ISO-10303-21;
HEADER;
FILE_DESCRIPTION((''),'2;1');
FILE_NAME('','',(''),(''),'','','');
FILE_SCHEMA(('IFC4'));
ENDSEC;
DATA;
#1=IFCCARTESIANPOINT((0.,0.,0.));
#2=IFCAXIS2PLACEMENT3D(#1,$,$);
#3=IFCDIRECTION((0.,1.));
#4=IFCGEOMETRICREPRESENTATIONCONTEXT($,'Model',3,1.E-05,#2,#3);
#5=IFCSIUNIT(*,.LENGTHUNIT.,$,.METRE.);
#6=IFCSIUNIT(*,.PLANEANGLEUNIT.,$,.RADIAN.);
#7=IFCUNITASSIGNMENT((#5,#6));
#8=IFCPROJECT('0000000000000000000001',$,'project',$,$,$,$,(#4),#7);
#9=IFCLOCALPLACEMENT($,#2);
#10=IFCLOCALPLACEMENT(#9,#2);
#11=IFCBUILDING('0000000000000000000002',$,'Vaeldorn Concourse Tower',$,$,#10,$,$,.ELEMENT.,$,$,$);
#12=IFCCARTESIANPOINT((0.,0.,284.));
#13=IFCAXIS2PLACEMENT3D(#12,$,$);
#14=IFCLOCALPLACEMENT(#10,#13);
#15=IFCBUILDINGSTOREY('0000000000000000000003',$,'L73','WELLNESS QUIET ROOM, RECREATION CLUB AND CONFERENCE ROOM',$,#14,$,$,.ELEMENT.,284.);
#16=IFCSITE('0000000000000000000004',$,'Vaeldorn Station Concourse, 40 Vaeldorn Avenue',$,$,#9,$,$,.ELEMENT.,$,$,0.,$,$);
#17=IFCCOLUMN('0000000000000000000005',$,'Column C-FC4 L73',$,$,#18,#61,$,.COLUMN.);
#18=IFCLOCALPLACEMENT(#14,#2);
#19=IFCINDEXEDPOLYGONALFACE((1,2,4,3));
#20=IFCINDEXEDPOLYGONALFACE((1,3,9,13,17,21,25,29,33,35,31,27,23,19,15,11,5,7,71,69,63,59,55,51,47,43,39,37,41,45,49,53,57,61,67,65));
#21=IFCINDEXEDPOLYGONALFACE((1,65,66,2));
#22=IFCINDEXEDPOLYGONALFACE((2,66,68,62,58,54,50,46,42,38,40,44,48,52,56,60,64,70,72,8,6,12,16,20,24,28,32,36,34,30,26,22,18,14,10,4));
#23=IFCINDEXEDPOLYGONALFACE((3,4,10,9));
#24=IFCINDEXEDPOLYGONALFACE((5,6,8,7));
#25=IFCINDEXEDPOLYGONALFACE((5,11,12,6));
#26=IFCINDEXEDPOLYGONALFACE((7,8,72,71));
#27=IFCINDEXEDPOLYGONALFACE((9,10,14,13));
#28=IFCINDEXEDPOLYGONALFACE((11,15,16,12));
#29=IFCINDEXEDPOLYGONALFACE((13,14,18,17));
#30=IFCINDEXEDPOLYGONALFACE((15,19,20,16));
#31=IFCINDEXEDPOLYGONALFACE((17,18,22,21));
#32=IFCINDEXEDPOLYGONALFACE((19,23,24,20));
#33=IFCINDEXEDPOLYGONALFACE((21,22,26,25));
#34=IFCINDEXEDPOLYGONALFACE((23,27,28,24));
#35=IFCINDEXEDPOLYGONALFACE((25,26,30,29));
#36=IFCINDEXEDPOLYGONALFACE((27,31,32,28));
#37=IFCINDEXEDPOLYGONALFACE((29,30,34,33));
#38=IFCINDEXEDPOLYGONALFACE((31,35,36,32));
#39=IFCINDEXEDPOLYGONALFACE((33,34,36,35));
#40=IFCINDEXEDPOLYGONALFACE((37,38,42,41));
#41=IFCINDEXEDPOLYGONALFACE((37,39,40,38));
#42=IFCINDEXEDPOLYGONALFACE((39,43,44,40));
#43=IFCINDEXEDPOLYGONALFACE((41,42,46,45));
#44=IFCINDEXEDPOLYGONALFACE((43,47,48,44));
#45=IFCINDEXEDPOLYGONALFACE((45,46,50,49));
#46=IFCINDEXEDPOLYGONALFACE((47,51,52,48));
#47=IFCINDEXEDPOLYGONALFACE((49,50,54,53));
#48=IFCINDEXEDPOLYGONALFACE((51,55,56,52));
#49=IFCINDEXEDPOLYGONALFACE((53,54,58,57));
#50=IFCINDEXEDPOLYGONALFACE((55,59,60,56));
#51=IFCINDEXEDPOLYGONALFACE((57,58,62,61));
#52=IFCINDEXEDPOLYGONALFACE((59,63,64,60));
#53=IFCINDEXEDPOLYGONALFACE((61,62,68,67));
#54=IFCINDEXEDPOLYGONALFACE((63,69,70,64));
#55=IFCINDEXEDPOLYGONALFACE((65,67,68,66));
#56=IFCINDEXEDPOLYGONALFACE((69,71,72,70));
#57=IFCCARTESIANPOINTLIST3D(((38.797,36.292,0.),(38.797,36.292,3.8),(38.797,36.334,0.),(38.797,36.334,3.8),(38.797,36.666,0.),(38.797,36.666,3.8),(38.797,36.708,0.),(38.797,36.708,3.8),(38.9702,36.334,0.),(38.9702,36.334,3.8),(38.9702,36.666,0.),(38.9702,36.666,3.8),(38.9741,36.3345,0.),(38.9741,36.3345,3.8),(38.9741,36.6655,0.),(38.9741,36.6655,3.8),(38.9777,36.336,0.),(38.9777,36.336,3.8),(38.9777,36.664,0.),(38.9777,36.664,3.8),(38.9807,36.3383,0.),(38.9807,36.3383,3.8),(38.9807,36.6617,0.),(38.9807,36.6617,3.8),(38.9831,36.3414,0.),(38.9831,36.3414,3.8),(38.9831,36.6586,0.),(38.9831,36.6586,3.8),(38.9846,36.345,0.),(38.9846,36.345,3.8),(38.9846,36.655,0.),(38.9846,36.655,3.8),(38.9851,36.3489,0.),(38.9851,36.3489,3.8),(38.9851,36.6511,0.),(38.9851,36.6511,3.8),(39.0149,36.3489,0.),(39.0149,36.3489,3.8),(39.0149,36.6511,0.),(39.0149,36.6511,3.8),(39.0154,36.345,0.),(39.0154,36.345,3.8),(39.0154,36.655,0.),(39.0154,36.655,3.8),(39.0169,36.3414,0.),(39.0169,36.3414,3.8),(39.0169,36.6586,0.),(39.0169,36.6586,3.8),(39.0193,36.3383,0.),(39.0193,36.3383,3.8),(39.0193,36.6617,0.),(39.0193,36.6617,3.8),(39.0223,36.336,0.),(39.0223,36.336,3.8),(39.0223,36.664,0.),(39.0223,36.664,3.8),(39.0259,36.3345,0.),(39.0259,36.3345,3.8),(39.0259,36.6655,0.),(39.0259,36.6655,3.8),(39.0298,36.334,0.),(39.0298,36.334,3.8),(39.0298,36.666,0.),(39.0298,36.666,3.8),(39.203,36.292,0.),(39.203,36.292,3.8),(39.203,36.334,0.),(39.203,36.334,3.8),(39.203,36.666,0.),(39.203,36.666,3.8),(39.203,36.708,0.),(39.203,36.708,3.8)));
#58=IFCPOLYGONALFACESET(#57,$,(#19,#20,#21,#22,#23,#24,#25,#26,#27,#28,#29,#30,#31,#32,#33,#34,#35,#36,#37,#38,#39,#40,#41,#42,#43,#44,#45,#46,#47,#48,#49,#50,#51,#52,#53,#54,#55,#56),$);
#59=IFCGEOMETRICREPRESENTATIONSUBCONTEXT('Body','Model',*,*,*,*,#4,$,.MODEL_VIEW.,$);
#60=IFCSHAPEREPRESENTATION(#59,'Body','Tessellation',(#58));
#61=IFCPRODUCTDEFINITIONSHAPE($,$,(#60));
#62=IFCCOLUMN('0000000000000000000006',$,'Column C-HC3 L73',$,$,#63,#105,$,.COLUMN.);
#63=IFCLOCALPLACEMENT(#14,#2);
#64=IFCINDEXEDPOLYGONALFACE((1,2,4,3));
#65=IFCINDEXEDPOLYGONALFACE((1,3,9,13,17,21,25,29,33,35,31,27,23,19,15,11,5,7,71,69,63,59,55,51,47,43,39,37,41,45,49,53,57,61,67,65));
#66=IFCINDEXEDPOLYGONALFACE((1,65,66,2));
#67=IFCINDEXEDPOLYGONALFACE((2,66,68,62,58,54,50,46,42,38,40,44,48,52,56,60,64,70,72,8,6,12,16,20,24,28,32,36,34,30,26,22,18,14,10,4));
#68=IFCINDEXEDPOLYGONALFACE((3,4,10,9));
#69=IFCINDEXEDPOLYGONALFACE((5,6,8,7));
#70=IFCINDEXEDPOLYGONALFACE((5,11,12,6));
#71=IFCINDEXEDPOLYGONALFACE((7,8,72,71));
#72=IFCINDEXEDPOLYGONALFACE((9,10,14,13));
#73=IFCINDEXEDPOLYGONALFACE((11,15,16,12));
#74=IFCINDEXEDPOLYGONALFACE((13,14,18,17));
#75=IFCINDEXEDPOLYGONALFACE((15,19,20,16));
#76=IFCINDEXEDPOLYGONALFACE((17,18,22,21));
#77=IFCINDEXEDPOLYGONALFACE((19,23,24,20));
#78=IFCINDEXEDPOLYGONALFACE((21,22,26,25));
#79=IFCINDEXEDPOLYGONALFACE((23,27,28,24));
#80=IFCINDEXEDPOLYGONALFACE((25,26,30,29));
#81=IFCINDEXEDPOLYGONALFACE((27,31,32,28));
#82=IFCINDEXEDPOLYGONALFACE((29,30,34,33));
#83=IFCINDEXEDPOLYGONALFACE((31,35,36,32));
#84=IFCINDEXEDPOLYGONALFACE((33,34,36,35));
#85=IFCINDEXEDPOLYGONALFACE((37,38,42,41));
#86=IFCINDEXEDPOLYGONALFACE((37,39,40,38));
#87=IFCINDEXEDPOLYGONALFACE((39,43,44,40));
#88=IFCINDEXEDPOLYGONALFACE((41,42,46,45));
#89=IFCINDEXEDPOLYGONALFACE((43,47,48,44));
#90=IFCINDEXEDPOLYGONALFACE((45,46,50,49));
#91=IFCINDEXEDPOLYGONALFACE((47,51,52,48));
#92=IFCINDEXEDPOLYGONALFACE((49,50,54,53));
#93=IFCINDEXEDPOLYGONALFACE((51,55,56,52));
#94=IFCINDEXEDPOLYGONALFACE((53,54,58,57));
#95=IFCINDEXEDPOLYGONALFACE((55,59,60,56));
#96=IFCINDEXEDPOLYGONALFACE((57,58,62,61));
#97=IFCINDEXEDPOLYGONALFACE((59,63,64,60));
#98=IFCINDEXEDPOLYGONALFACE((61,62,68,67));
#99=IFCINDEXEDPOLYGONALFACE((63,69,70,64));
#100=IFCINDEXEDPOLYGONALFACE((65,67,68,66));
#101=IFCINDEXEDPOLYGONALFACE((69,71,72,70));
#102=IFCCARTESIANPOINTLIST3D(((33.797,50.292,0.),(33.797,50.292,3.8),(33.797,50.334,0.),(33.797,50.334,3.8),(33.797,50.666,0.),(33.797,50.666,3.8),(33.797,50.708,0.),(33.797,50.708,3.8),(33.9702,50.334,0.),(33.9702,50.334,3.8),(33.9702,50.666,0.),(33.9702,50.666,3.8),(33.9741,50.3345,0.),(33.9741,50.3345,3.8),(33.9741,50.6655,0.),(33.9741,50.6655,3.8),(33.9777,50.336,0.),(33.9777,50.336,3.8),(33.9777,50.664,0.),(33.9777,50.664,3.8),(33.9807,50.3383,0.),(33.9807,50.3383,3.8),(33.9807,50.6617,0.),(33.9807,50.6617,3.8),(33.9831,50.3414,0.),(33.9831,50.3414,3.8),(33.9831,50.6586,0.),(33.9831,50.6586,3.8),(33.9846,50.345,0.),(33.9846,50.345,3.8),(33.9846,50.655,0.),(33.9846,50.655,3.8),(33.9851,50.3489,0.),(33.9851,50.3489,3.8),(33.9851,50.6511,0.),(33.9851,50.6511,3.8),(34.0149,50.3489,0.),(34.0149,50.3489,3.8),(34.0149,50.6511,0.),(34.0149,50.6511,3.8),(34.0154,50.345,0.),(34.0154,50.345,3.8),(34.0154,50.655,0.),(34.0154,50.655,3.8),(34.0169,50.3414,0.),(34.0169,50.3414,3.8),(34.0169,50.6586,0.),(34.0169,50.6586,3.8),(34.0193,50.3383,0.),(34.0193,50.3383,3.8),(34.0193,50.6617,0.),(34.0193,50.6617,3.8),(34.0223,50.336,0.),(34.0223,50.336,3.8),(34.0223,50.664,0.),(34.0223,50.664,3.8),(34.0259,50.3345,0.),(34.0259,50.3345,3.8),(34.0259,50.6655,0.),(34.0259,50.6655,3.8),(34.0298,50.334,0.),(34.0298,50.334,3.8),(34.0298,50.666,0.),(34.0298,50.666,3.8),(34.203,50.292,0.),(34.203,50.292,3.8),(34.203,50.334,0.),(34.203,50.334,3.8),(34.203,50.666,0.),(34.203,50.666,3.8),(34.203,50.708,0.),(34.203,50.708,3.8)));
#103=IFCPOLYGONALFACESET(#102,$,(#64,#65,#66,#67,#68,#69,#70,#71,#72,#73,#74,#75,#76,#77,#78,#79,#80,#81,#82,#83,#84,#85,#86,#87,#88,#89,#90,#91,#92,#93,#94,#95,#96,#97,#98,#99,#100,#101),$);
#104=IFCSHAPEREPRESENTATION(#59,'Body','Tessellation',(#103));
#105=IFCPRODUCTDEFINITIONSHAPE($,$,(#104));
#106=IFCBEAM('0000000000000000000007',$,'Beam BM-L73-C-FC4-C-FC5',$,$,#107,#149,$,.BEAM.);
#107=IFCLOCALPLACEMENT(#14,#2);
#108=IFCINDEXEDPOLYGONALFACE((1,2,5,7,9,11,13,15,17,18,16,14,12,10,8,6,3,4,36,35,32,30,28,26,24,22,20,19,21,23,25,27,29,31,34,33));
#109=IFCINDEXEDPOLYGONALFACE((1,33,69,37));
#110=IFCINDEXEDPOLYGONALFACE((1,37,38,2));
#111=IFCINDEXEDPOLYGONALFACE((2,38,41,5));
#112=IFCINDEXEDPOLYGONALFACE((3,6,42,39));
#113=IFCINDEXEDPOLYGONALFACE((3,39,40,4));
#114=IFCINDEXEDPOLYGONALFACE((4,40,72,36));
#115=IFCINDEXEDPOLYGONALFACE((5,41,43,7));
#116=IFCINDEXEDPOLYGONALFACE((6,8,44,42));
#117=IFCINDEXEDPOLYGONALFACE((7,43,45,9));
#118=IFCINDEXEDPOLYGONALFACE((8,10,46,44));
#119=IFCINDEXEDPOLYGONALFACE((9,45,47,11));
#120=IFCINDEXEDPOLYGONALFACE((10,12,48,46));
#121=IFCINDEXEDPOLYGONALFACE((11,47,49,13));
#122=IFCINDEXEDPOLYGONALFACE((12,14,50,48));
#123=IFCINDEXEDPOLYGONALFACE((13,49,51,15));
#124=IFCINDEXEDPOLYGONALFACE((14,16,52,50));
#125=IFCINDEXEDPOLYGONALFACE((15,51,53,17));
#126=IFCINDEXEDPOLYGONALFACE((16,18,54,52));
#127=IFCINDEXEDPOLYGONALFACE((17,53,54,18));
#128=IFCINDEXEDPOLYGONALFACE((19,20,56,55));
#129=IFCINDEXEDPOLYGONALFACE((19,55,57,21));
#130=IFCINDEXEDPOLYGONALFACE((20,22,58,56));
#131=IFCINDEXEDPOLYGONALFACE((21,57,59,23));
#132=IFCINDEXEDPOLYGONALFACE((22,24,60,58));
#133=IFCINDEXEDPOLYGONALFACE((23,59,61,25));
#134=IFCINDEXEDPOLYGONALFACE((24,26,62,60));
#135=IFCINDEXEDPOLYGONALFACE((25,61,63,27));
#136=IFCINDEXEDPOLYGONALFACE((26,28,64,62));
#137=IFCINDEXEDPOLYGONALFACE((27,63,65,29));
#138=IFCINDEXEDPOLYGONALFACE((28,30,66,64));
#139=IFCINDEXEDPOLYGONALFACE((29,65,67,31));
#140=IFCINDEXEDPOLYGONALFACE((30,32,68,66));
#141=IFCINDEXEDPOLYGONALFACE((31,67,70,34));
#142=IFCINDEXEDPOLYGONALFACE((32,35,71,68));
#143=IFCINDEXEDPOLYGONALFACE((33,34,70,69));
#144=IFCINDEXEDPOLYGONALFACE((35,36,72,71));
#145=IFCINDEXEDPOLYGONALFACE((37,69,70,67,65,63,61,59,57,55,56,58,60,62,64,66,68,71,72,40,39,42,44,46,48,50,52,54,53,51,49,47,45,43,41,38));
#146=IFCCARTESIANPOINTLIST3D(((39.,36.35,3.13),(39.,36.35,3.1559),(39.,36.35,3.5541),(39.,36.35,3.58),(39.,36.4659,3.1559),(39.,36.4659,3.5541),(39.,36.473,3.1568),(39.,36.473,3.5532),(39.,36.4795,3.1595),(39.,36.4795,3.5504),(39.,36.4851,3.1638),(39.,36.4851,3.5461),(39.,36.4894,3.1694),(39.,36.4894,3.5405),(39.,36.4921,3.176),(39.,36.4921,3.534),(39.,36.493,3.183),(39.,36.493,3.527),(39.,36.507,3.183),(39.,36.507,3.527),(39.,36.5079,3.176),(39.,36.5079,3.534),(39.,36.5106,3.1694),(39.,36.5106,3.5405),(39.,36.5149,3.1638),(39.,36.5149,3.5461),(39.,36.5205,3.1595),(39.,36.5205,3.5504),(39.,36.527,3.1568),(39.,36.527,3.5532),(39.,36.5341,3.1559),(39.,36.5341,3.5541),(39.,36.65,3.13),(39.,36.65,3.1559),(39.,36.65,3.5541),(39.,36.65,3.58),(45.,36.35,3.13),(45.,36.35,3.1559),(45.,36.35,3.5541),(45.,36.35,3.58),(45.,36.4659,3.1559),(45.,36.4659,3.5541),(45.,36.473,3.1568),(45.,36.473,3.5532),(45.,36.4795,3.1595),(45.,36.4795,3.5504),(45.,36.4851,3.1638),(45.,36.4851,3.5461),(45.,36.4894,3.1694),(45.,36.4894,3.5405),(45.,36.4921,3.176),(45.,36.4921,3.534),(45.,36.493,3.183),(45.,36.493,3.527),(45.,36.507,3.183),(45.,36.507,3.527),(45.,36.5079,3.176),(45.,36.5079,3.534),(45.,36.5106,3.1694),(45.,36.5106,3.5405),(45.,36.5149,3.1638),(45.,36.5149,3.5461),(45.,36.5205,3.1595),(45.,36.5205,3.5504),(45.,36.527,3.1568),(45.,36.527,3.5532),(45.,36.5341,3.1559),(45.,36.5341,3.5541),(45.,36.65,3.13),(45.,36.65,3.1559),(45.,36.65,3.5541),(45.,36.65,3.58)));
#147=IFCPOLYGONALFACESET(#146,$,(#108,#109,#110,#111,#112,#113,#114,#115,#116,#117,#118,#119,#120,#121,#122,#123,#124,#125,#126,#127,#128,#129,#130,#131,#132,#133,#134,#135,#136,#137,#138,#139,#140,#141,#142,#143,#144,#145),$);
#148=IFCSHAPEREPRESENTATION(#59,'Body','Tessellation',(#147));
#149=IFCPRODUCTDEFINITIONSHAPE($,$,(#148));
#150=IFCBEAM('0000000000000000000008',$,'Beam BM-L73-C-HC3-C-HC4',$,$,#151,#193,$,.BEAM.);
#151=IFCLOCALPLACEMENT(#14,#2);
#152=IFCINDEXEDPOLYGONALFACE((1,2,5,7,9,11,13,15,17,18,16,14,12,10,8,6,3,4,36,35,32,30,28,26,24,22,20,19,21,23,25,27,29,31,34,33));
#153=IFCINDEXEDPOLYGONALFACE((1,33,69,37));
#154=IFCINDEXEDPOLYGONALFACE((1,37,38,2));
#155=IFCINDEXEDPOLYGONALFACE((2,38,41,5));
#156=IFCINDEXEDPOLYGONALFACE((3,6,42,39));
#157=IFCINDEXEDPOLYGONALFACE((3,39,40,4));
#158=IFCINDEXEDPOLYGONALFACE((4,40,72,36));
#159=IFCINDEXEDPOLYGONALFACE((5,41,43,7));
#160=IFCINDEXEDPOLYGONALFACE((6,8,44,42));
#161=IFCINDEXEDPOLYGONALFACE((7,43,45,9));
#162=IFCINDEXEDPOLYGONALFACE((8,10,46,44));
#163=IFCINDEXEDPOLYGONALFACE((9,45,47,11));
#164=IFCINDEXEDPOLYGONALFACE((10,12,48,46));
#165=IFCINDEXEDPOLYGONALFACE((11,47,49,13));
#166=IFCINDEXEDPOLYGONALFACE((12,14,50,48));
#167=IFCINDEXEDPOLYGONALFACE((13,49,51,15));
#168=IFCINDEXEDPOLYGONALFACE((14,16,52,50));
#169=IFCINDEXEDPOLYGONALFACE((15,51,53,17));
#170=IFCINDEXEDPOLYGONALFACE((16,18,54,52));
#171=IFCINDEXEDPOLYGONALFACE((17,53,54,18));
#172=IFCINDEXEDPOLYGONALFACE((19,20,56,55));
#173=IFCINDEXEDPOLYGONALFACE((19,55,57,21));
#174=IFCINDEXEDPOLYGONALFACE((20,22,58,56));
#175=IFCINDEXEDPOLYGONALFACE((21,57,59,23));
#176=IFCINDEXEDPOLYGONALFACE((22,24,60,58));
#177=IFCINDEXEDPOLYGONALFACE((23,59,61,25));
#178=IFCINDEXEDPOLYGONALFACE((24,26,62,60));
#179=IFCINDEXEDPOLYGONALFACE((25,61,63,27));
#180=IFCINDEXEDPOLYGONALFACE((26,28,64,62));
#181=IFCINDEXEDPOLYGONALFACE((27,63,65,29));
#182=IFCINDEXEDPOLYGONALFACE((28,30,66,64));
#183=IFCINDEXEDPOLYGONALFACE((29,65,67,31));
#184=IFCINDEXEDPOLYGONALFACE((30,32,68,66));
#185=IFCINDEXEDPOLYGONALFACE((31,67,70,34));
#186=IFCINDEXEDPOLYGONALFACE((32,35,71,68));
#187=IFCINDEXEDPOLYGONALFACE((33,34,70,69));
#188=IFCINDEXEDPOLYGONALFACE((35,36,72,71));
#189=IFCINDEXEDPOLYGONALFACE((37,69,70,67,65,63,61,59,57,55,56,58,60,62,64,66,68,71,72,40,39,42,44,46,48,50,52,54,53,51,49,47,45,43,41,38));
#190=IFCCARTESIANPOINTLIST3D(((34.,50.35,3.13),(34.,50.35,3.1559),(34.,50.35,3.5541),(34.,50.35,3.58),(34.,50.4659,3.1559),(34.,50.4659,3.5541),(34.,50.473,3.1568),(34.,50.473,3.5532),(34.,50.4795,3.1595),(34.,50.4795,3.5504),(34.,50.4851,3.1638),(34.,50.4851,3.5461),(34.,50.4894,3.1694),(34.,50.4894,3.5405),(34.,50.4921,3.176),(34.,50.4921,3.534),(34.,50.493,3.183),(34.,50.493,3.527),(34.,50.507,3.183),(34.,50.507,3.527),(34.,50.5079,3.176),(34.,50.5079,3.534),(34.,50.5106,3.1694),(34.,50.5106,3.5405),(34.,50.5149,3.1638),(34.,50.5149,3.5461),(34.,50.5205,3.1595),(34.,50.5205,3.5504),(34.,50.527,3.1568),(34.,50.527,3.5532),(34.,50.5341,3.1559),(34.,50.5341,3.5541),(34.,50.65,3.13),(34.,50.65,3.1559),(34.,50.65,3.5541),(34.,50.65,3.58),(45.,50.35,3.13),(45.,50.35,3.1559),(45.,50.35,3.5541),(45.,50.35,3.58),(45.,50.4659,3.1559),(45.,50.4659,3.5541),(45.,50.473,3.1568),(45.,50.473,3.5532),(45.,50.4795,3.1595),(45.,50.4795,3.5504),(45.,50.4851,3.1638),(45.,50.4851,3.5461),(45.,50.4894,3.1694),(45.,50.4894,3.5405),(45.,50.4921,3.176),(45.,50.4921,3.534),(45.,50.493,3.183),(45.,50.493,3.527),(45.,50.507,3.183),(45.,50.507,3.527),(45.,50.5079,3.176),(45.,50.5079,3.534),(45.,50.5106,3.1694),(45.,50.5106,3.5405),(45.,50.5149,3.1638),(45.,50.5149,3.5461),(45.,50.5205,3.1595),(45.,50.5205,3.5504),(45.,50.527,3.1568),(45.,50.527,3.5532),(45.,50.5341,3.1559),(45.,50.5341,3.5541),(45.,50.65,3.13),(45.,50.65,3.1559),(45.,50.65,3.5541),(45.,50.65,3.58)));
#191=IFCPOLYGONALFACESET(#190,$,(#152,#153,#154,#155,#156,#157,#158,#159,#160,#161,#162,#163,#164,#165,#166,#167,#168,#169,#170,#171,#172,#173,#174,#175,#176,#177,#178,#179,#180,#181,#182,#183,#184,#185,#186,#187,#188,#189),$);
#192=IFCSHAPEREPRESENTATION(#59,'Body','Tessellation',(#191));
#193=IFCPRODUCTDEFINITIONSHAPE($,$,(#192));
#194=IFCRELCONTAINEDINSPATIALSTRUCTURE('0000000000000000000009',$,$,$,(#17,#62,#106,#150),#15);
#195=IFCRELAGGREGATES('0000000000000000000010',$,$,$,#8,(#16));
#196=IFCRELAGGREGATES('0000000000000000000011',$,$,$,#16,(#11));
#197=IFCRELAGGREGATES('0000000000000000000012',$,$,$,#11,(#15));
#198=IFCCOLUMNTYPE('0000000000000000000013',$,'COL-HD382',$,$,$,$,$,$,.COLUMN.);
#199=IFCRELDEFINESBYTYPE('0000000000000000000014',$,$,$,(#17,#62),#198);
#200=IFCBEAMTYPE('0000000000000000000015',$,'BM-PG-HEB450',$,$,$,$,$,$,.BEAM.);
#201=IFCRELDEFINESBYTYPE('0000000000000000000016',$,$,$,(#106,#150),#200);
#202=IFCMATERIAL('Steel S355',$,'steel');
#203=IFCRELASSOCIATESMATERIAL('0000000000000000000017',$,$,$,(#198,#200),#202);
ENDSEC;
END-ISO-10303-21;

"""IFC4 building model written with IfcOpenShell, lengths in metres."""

from ifc_helpers import new_model, si_unit, direction, frame, origin, origin_2d, place, context, subcontext, project, spatial, i_section, extrude, source, transform, mapped, material, material_profile, profile_set, type_object, element, save


model = new_model("IFC4")

# Units and contexts
model_context = context("Model", 3, precision=1e-05, world=origin(), true_north=direction((0.0, 1.0)))
body_context = subcontext(model_context, "Body", "Model", "MODEL_VIEW")
ifc_project = project(units=[si_unit("LENGTHUNIT", "METRE"), si_unit("PLANEANGLEUNIT", "RADIAN")], contexts=[model_context])

# Site, building, storey
site_placement = place(None, origin())
site = spatial("IfcSite", under=ifc_project, at=site_placement, Name="Vaeldorn Station Concourse, 40 Vaeldorn Avenue", CompositionType="ELEMENT", RefElevation=0.0)
building_placement = place(site_placement, origin())
building = spatial("IfcBuilding", under=site, at=building_placement, Name="Vaeldorn Concourse Tower", CompositionType="ELEMENT")
storey_placement = place(building_placement, frame((0.0, 0.0, 284.0)))
storey = spatial("IfcBuildingStorey", under=building, at=storey_placement, Name="L73", Description="WELLNESS QUIET ROOM, RECREATION CLUB AND CONFERENCE ROOM", CompositionType="ELEMENT", Elevation=284.0)

# Columns
ifc_material_1 = material(Name="Steel S355", Category="steel")
ifc_material_profile_1 = material_profile(ifc_material_1, i_section(OverallWidth=0.406, OverallDepth=0.416, WebThickness=0.0298, FlangeThickness=0.042, FilletRadius=0.0149, at=origin_2d()), Name="HD 400x382")
ifc_profile_set_1 = profile_set([ifc_material_profile_1], Name="Steel S355")
column_type = type_object("IfcColumnType", Name="COL-HD382", PredefinedType="COLUMN", material=ifc_profile_set_1)
shared_shape_1 = source(origin(), body_context, "Body", "SweptSolid", [
    extrude(i_section(OverallWidth=0.406, OverallDepth=0.416, WebThickness=0.0298, FlangeThickness=0.042, FilletRadius=0.0149, at=origin_2d()), origin(), (0.0, 0.0, 1.0), 3.8),
])
for number, where, z_axis, x_axis, name in (
    (1, (39.0, 36.5, 0.0), (0.0, 0.0, 1.0), (1.0, 0.0, 0.0), "Column C-FC4 L73"),
    (2, (34.0, 50.5, 0.0), (0.0, 0.0, 1.0), (1.0, 0.0, 0.0), "Column C-HC3 L73"),
):
    element("IfcColumn", number, at=place(storey_placement, frame(where, z_axis=z_axis, x_axis=x_axis)), inside=storey, type_object=column_type, Name=name, PredefinedType="COLUMN", context=body_context, shape_type="MappedRepresentation", body=[
        mapped(shared_shape_1, transform((0.0, 0.0, 0.0), scale=1.0)),
    ])

# Beams
ifc_material_profile_2 = material_profile(ifc_material_1, i_section(OverallWidth=0.3, OverallDepth=0.45, WebThickness=0.0139, FlangeThickness=0.0259, FilletRadius=0.0271, at=origin_2d()), Name="HEB 450")
ifc_profile_set_2 = profile_set([ifc_material_profile_2], Name="Steel S355")
beam_type = type_object("IfcBeamType", Name="BM-PG-HEB450", PredefinedType="BEAM", material=ifc_profile_set_2)
shared_shape_2 = source(origin(), body_context, "Body", "SweptSolid", [
    extrude(i_section(OverallWidth=0.3, OverallDepth=0.45, WebThickness=0.0139, FlangeThickness=0.0259, FilletRadius=0.0271, at=origin_2d()), origin(), (0.0, 0.0, 1.0), 6.0),
])
beam_1_placement = place(storey_placement, frame((39.0, 36.5, 3.355), z_axis=(1.0, 0.0, 0.0), x_axis=(0.0, 1.0, 0.0)))
element("IfcBeam", 3, at=beam_1_placement, inside=storey, type_object=beam_type, Name="Beam BM-L73-C-FC4-C-FC5", PredefinedType="BEAM", context=body_context, shape_type="MappedRepresentation", body=[
    mapped(shared_shape_2, transform((0.0, 0.0, 0.0), scale=1.0)),
])
shared_shape_3 = source(origin(), body_context, "Body", "SweptSolid", [
    extrude(i_section(OverallWidth=0.3, OverallDepth=0.45, WebThickness=0.0139, FlangeThickness=0.0259, FilletRadius=0.0271, at=origin_2d()), origin(), (0.0, 0.0, 1.0), 11.0),
])
beam_2_placement = place(storey_placement, frame((34.0, 50.5, 3.355), z_axis=(1.0, 0.0, 0.0), x_axis=(0.0, 1.0, 0.0)))
element("IfcBeam", 4, at=beam_2_placement, inside=storey, type_object=beam_type, Name="Beam BM-L73-C-HC3-C-HC4", PredefinedType="BEAM", context=body_context, shape_type="MappedRepresentation", body=[
    mapped(shared_shape_3, transform((0.0, 0.0, 0.0), scale=1.0)),
])

save(model, "model.ifc")
